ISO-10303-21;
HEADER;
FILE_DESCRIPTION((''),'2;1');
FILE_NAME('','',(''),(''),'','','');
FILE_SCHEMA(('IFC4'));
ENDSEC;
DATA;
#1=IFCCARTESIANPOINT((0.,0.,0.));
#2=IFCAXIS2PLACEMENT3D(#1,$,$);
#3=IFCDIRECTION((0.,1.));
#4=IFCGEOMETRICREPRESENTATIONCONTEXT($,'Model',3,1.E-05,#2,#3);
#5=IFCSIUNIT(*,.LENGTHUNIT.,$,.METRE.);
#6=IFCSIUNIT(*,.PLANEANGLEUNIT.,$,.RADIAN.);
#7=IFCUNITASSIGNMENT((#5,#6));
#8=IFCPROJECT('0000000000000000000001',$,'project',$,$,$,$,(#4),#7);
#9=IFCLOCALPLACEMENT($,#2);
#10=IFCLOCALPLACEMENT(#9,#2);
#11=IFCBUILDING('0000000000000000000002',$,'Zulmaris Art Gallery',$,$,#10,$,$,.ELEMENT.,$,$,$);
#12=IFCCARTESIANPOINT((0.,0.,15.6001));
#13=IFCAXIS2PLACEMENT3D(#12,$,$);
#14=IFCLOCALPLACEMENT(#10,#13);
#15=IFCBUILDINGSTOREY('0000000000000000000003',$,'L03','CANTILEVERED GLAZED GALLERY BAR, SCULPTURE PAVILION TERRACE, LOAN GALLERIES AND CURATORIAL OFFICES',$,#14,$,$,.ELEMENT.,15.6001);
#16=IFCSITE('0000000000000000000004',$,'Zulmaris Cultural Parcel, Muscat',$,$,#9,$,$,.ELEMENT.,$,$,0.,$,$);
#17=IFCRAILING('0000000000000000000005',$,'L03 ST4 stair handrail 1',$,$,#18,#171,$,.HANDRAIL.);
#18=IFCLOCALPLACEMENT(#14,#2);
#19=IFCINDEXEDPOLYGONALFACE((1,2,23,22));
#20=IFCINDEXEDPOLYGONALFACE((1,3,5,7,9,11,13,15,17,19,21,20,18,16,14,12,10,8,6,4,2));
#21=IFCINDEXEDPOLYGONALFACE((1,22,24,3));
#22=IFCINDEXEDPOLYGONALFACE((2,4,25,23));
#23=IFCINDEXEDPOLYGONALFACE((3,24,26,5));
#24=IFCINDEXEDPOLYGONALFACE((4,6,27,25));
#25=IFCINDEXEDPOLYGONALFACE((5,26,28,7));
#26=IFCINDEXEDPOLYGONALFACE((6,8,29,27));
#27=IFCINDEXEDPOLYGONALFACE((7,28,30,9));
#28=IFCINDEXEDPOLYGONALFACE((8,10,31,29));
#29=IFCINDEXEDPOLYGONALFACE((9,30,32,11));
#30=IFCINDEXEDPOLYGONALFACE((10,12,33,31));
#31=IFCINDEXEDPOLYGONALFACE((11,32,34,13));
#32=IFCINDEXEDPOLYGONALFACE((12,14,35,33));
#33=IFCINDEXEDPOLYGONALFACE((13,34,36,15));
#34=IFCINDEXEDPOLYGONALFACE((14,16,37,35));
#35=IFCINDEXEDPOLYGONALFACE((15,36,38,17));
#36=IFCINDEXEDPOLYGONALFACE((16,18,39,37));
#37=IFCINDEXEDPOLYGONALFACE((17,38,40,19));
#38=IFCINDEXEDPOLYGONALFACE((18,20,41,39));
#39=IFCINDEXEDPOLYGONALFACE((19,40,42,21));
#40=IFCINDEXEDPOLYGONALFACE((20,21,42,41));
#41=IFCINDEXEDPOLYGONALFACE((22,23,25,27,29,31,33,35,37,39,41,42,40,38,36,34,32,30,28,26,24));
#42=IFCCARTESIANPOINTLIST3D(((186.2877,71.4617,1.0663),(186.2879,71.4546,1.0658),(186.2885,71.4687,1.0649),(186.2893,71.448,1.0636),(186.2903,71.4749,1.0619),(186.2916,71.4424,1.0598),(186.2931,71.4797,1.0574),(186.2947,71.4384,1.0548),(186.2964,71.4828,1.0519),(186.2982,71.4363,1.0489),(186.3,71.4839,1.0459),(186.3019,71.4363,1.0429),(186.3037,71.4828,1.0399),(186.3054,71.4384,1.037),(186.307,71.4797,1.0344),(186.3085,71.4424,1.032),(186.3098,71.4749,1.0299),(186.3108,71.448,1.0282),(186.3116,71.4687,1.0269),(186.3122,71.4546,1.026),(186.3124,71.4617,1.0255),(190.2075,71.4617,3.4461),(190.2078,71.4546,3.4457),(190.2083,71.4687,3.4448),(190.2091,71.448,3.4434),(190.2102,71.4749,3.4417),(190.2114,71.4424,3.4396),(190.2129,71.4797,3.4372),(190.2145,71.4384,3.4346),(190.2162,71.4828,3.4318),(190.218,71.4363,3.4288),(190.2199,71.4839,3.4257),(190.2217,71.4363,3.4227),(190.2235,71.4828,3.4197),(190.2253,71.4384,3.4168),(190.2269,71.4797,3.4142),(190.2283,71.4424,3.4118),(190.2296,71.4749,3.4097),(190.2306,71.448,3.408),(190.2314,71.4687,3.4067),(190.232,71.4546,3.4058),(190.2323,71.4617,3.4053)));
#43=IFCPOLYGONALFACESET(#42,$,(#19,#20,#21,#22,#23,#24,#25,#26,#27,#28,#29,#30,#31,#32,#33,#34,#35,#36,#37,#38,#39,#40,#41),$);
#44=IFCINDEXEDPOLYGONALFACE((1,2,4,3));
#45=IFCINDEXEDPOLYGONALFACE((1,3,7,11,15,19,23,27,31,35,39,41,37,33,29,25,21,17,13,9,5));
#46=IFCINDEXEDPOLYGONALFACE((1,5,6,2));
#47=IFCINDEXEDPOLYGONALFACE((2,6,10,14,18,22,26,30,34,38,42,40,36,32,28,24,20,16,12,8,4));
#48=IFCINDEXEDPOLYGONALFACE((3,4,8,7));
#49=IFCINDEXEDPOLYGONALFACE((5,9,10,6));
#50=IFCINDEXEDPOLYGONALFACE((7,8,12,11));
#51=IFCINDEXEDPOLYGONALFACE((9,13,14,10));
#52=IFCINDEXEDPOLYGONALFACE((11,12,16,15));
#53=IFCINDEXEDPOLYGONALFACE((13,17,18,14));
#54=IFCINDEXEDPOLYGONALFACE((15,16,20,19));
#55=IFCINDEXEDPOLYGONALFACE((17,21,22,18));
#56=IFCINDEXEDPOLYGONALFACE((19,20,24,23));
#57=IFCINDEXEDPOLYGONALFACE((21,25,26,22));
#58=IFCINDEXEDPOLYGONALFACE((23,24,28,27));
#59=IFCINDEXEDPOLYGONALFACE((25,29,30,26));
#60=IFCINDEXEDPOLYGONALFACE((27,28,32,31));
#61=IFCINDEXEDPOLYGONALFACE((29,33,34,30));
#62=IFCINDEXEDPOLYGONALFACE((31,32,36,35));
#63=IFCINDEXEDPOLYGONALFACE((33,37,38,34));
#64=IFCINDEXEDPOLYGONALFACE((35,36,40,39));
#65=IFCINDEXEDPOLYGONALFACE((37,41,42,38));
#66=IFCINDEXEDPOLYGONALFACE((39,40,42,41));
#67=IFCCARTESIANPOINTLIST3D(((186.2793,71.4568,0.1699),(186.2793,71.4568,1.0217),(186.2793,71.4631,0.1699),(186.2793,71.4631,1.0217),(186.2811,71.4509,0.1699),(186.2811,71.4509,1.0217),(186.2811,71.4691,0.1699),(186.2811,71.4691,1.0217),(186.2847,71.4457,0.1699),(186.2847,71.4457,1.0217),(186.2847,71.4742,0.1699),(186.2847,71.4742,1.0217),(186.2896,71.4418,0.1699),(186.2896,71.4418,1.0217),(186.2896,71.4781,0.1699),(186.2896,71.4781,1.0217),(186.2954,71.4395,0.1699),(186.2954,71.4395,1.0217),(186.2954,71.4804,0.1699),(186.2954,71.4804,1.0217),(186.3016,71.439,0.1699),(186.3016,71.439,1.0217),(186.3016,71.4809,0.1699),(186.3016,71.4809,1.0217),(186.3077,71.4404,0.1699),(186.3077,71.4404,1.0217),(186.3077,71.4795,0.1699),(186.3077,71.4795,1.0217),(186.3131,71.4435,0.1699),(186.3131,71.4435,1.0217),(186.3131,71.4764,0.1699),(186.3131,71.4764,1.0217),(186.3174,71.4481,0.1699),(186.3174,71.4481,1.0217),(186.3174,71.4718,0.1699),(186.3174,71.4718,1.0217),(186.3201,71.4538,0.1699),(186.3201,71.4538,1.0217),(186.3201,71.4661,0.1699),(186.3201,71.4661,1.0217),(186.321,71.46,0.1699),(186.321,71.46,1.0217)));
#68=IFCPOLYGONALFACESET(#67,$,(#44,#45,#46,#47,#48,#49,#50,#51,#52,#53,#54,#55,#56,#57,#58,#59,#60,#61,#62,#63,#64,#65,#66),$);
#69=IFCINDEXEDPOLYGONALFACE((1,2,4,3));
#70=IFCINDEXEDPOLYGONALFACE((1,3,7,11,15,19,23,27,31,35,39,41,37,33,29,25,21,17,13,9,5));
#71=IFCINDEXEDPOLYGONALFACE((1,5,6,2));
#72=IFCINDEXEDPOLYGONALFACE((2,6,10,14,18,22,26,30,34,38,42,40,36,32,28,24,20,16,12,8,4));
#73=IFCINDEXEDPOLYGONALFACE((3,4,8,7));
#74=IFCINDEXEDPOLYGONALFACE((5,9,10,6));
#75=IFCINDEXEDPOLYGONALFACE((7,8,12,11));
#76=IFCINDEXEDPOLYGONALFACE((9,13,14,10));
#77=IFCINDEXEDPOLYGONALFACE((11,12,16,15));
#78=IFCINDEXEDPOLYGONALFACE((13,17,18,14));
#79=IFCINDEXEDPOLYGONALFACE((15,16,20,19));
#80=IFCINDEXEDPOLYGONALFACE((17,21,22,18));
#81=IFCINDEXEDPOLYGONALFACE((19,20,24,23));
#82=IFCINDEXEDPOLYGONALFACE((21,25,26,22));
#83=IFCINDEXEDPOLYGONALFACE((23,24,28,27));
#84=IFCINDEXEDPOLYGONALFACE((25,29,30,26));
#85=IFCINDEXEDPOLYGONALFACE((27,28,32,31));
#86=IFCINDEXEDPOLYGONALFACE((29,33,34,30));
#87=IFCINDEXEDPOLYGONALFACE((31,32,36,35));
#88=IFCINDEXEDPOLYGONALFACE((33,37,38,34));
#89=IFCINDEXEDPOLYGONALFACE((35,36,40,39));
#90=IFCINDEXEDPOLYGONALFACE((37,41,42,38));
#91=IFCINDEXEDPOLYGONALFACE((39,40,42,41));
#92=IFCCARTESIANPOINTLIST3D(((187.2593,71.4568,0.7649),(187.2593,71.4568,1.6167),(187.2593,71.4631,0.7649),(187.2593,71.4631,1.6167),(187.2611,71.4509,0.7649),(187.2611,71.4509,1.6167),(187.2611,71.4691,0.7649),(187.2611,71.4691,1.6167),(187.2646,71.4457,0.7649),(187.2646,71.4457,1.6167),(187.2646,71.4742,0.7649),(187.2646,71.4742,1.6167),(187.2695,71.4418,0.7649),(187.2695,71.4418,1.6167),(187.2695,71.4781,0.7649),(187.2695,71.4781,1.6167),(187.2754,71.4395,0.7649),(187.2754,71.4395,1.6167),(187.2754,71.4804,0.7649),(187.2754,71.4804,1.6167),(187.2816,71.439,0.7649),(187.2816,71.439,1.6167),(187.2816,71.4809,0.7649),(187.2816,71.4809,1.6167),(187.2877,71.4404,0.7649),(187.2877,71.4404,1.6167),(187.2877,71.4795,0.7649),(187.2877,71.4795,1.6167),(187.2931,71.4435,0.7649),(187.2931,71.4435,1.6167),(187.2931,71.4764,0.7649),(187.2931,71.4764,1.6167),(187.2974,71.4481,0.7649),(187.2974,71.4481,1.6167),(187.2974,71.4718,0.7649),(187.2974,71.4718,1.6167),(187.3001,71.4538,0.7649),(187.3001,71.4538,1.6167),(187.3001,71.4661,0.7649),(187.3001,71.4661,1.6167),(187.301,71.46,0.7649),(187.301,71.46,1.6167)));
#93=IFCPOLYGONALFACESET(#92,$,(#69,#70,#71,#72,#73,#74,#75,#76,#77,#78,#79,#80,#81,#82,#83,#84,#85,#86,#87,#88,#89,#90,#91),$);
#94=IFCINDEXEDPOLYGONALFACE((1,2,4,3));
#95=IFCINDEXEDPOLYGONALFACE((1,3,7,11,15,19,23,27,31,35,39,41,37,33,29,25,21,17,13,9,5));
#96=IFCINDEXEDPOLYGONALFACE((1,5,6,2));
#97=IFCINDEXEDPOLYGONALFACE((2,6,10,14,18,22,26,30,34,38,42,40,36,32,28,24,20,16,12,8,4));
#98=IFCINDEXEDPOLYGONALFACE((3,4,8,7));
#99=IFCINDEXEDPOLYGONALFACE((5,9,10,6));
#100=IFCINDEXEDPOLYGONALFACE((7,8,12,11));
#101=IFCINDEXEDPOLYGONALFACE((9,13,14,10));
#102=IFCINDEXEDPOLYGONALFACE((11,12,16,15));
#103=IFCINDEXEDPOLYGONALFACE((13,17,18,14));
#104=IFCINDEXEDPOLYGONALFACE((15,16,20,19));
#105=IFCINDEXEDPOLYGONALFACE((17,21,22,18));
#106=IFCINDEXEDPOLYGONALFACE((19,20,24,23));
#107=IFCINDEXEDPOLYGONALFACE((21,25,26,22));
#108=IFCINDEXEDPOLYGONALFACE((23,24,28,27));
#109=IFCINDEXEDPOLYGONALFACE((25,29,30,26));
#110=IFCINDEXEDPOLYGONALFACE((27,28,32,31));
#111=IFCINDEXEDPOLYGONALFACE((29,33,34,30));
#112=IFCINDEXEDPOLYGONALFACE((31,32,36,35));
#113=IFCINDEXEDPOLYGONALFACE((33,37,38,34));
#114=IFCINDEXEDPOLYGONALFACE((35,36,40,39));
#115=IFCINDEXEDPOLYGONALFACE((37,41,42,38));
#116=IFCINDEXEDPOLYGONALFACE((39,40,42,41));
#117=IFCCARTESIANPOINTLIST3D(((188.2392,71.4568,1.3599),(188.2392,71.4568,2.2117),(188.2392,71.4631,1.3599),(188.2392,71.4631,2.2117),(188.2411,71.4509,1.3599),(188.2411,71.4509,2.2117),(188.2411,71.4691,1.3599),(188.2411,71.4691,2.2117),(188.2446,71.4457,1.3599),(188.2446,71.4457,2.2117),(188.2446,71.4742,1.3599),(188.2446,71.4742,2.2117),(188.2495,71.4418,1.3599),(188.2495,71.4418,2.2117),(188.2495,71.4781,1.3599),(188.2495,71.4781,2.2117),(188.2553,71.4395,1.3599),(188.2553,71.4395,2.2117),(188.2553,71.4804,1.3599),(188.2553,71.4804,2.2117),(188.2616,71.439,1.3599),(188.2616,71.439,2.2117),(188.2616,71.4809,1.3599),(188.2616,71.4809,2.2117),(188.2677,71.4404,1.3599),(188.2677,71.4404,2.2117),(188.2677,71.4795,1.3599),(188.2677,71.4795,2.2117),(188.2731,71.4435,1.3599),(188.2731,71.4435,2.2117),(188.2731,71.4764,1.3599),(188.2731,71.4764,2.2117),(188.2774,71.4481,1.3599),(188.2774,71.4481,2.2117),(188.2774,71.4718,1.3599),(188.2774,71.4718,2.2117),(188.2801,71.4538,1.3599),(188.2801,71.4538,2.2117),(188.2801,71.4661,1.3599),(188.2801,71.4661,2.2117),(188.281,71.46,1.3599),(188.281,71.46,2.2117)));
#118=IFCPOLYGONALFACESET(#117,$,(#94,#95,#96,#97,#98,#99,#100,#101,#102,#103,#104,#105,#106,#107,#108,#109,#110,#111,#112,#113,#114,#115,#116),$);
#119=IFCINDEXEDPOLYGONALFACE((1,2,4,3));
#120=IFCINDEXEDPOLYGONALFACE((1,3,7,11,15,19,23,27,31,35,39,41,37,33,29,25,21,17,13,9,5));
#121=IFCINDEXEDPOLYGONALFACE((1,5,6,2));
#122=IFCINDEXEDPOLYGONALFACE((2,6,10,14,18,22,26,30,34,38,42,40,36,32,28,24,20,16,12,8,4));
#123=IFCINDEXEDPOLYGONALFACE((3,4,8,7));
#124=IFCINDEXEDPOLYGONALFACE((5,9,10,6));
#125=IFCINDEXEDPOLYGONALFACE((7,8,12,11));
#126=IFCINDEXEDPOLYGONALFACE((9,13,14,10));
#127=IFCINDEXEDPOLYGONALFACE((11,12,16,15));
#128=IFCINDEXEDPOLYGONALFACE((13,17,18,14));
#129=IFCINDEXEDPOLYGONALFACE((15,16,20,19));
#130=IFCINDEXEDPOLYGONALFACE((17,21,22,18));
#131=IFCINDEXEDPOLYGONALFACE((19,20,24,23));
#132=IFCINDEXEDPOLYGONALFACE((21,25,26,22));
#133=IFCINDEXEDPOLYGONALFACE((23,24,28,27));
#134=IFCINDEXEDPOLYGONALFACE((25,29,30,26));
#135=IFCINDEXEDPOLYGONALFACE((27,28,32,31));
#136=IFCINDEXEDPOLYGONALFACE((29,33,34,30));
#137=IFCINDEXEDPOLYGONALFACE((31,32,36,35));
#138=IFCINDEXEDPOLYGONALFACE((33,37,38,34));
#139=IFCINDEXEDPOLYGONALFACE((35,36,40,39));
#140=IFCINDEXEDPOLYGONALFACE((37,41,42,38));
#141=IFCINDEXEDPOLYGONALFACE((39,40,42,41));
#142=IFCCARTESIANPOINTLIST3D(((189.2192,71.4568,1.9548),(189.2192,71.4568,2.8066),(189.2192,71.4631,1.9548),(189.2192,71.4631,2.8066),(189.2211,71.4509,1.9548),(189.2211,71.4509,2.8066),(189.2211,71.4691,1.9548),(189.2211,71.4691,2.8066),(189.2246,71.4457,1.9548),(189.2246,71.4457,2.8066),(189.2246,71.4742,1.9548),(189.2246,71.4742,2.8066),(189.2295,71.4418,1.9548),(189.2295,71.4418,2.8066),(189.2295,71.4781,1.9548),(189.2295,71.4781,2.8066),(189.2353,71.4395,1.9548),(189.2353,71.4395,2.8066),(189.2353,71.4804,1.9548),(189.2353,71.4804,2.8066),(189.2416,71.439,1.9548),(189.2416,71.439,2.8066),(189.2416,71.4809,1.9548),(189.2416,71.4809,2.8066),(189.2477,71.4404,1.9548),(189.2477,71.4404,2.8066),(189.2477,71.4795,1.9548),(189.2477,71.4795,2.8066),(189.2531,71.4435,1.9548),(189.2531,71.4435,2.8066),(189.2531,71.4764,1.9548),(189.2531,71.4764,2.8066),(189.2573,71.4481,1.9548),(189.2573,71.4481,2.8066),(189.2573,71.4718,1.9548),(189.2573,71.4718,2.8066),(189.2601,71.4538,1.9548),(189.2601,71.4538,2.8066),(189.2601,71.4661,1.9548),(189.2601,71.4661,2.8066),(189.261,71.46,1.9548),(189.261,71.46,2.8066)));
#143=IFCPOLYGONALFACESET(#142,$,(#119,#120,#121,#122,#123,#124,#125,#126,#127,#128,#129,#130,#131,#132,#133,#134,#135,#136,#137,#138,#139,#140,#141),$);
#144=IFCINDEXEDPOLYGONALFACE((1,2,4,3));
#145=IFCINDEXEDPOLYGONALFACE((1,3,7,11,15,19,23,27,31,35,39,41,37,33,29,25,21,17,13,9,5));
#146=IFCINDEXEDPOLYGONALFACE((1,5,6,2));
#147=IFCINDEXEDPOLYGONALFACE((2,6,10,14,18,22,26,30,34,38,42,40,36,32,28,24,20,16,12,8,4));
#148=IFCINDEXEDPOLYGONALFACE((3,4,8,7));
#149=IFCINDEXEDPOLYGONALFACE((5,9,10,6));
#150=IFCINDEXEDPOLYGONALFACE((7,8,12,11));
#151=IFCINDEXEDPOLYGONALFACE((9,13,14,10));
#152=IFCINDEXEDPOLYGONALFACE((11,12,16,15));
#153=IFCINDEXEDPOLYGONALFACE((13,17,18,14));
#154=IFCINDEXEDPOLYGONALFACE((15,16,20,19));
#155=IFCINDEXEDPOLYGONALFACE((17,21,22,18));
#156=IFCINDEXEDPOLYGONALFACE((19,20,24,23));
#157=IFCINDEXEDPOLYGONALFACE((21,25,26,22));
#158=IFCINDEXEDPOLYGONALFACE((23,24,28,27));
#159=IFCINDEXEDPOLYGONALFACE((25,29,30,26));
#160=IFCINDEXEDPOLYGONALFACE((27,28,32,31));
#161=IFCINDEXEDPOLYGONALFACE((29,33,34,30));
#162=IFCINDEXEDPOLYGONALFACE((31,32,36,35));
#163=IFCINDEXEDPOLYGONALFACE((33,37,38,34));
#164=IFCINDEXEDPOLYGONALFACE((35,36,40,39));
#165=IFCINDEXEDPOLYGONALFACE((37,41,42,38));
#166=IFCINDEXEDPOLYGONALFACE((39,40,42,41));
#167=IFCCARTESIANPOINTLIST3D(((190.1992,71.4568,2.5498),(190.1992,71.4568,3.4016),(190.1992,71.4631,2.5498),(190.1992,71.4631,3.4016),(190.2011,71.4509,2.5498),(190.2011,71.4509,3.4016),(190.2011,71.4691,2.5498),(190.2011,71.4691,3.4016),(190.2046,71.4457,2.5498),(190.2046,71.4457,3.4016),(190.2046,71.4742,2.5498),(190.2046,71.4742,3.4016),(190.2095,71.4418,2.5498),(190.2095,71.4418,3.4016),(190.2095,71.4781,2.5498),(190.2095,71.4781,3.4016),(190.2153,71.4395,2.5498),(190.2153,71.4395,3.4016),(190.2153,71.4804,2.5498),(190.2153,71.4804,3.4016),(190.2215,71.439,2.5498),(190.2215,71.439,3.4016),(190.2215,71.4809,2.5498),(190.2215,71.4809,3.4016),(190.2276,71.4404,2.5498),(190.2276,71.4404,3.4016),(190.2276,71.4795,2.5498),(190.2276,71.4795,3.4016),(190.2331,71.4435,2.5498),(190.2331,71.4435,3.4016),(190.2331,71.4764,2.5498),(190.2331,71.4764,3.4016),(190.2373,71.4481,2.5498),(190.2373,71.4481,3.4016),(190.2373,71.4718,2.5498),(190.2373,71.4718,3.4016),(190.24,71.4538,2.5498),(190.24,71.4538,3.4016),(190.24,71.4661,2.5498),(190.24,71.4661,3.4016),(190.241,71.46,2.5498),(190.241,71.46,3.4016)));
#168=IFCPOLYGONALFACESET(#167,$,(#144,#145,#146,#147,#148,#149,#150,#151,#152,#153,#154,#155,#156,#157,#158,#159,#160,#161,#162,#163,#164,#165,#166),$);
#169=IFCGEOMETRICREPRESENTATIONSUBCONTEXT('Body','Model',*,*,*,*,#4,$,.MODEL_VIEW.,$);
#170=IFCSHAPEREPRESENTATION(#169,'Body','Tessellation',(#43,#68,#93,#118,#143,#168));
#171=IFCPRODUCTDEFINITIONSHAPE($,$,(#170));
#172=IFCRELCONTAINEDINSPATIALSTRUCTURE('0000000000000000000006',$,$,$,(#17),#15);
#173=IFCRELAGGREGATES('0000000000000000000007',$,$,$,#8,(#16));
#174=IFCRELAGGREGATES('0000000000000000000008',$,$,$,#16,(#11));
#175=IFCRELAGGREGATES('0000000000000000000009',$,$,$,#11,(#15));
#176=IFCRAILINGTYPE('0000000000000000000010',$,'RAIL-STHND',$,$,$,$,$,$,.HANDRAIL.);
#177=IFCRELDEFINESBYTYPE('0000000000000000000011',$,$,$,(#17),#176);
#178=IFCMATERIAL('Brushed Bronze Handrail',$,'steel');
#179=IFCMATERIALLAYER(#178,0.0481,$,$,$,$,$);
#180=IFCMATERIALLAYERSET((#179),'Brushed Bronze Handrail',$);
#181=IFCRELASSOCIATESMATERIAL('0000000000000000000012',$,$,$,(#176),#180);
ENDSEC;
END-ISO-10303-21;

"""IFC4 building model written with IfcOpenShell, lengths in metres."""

from ifc_helpers import new_model, si_unit, direction, frame, origin, origin_2d, place, context, subcontext, project, spatial, circle, extrude, material, layer, layer_set, type_object, element, save


model = new_model("IFC4")

# Units and contexts
model_context = context("Model", 3, precision=1e-05, world=origin(), true_north=direction((0.0, 1.0)))
body_context = subcontext(model_context, "Body", "Model", "MODEL_VIEW")
ifc_project = project(units=[si_unit("LENGTHUNIT", "METRE"), si_unit("PLANEANGLEUNIT", "RADIAN")], contexts=[model_context])

# Site, building, storey
site_placement = place(None, origin())
site = spatial("IfcSite", under=ifc_project, at=site_placement, Name="Zulmaris Cultural Parcel, Muscat", CompositionType="ELEMENT", RefElevation=0.0)
building_placement = place(site_placement, origin())
building = spatial("IfcBuilding", under=site, at=building_placement, Name="Zulmaris Art Gallery", CompositionType="ELEMENT")
storey_placement = place(building_placement, frame((0.0, 0.0, 15.6001)))
storey = spatial("IfcBuildingStorey", under=building, at=storey_placement, Name="L03", Description="CANTILEVERED GLAZED GALLERY BAR, SCULPTURE PAVILION TERRACE, LOAN GALLERIES AND CURATORIAL OFFICES", CompositionType="ELEMENT", Elevation=15.6001)

# Railing
ifc_material_1 = material(Name="Brushed Bronze Handrail", Category="steel")
ifc_layer_1 = layer(ifc_material_1, 0.0481)
ifc_layer_set_1 = layer_set([ifc_layer_1], Name="Brushed Bronze Handrail")
railing_type_1 = type_object("IfcRailingType", Name="RAIL-STHND", PredefinedType="HANDRAIL", material=ifc_layer_set_1)
railing_1_placement = place(storey_placement, frame((186.3, 71.46, 0.1699)))
element("IfcRailing", 1, at=railing_1_placement, inside=storey, type_object=railing_type_1, Name="L03 ST4 stair handrail 1", PredefinedType="HANDRAIL", context=body_context, shape_type="SweptSolid", body=[
    extrude(circle(Radius=0.0239, at=origin_2d()), frame((0.0, 0.0, 0.876), z_axis=(0.854794, 0.0, 0.518967), x_axis=(0.0, 1.0, 0.0)), (0.0, 0.0, 1.0), 4.5857),
    extrude(circle(Radius=0.021, at=origin_2d()), origin(), (0.0, 0.0, 1.0), 0.8518),
    extrude(circle(Radius=0.021, at=origin_2d()), frame((0.98, 0.0, 0.595)), (0.0, 0.0, 1.0), 0.8518),
    extrude(circle(Radius=0.021, at=origin_2d()), frame((1.96, 0.0, 1.1899)), (0.0, 0.0, 1.0), 0.8518),
    extrude(circle(Radius=0.021, at=origin_2d()), frame((2.9399, 0.0, 1.7849)), (0.0, 0.0, 1.0), 0.8518),
    extrude(circle(Radius=0.021, at=origin_2d()), frame((3.9199, 0.0, 2.3799)), (0.0, 0.0, 1.0), 0.8518),
])

save(model, "model.ifc")
